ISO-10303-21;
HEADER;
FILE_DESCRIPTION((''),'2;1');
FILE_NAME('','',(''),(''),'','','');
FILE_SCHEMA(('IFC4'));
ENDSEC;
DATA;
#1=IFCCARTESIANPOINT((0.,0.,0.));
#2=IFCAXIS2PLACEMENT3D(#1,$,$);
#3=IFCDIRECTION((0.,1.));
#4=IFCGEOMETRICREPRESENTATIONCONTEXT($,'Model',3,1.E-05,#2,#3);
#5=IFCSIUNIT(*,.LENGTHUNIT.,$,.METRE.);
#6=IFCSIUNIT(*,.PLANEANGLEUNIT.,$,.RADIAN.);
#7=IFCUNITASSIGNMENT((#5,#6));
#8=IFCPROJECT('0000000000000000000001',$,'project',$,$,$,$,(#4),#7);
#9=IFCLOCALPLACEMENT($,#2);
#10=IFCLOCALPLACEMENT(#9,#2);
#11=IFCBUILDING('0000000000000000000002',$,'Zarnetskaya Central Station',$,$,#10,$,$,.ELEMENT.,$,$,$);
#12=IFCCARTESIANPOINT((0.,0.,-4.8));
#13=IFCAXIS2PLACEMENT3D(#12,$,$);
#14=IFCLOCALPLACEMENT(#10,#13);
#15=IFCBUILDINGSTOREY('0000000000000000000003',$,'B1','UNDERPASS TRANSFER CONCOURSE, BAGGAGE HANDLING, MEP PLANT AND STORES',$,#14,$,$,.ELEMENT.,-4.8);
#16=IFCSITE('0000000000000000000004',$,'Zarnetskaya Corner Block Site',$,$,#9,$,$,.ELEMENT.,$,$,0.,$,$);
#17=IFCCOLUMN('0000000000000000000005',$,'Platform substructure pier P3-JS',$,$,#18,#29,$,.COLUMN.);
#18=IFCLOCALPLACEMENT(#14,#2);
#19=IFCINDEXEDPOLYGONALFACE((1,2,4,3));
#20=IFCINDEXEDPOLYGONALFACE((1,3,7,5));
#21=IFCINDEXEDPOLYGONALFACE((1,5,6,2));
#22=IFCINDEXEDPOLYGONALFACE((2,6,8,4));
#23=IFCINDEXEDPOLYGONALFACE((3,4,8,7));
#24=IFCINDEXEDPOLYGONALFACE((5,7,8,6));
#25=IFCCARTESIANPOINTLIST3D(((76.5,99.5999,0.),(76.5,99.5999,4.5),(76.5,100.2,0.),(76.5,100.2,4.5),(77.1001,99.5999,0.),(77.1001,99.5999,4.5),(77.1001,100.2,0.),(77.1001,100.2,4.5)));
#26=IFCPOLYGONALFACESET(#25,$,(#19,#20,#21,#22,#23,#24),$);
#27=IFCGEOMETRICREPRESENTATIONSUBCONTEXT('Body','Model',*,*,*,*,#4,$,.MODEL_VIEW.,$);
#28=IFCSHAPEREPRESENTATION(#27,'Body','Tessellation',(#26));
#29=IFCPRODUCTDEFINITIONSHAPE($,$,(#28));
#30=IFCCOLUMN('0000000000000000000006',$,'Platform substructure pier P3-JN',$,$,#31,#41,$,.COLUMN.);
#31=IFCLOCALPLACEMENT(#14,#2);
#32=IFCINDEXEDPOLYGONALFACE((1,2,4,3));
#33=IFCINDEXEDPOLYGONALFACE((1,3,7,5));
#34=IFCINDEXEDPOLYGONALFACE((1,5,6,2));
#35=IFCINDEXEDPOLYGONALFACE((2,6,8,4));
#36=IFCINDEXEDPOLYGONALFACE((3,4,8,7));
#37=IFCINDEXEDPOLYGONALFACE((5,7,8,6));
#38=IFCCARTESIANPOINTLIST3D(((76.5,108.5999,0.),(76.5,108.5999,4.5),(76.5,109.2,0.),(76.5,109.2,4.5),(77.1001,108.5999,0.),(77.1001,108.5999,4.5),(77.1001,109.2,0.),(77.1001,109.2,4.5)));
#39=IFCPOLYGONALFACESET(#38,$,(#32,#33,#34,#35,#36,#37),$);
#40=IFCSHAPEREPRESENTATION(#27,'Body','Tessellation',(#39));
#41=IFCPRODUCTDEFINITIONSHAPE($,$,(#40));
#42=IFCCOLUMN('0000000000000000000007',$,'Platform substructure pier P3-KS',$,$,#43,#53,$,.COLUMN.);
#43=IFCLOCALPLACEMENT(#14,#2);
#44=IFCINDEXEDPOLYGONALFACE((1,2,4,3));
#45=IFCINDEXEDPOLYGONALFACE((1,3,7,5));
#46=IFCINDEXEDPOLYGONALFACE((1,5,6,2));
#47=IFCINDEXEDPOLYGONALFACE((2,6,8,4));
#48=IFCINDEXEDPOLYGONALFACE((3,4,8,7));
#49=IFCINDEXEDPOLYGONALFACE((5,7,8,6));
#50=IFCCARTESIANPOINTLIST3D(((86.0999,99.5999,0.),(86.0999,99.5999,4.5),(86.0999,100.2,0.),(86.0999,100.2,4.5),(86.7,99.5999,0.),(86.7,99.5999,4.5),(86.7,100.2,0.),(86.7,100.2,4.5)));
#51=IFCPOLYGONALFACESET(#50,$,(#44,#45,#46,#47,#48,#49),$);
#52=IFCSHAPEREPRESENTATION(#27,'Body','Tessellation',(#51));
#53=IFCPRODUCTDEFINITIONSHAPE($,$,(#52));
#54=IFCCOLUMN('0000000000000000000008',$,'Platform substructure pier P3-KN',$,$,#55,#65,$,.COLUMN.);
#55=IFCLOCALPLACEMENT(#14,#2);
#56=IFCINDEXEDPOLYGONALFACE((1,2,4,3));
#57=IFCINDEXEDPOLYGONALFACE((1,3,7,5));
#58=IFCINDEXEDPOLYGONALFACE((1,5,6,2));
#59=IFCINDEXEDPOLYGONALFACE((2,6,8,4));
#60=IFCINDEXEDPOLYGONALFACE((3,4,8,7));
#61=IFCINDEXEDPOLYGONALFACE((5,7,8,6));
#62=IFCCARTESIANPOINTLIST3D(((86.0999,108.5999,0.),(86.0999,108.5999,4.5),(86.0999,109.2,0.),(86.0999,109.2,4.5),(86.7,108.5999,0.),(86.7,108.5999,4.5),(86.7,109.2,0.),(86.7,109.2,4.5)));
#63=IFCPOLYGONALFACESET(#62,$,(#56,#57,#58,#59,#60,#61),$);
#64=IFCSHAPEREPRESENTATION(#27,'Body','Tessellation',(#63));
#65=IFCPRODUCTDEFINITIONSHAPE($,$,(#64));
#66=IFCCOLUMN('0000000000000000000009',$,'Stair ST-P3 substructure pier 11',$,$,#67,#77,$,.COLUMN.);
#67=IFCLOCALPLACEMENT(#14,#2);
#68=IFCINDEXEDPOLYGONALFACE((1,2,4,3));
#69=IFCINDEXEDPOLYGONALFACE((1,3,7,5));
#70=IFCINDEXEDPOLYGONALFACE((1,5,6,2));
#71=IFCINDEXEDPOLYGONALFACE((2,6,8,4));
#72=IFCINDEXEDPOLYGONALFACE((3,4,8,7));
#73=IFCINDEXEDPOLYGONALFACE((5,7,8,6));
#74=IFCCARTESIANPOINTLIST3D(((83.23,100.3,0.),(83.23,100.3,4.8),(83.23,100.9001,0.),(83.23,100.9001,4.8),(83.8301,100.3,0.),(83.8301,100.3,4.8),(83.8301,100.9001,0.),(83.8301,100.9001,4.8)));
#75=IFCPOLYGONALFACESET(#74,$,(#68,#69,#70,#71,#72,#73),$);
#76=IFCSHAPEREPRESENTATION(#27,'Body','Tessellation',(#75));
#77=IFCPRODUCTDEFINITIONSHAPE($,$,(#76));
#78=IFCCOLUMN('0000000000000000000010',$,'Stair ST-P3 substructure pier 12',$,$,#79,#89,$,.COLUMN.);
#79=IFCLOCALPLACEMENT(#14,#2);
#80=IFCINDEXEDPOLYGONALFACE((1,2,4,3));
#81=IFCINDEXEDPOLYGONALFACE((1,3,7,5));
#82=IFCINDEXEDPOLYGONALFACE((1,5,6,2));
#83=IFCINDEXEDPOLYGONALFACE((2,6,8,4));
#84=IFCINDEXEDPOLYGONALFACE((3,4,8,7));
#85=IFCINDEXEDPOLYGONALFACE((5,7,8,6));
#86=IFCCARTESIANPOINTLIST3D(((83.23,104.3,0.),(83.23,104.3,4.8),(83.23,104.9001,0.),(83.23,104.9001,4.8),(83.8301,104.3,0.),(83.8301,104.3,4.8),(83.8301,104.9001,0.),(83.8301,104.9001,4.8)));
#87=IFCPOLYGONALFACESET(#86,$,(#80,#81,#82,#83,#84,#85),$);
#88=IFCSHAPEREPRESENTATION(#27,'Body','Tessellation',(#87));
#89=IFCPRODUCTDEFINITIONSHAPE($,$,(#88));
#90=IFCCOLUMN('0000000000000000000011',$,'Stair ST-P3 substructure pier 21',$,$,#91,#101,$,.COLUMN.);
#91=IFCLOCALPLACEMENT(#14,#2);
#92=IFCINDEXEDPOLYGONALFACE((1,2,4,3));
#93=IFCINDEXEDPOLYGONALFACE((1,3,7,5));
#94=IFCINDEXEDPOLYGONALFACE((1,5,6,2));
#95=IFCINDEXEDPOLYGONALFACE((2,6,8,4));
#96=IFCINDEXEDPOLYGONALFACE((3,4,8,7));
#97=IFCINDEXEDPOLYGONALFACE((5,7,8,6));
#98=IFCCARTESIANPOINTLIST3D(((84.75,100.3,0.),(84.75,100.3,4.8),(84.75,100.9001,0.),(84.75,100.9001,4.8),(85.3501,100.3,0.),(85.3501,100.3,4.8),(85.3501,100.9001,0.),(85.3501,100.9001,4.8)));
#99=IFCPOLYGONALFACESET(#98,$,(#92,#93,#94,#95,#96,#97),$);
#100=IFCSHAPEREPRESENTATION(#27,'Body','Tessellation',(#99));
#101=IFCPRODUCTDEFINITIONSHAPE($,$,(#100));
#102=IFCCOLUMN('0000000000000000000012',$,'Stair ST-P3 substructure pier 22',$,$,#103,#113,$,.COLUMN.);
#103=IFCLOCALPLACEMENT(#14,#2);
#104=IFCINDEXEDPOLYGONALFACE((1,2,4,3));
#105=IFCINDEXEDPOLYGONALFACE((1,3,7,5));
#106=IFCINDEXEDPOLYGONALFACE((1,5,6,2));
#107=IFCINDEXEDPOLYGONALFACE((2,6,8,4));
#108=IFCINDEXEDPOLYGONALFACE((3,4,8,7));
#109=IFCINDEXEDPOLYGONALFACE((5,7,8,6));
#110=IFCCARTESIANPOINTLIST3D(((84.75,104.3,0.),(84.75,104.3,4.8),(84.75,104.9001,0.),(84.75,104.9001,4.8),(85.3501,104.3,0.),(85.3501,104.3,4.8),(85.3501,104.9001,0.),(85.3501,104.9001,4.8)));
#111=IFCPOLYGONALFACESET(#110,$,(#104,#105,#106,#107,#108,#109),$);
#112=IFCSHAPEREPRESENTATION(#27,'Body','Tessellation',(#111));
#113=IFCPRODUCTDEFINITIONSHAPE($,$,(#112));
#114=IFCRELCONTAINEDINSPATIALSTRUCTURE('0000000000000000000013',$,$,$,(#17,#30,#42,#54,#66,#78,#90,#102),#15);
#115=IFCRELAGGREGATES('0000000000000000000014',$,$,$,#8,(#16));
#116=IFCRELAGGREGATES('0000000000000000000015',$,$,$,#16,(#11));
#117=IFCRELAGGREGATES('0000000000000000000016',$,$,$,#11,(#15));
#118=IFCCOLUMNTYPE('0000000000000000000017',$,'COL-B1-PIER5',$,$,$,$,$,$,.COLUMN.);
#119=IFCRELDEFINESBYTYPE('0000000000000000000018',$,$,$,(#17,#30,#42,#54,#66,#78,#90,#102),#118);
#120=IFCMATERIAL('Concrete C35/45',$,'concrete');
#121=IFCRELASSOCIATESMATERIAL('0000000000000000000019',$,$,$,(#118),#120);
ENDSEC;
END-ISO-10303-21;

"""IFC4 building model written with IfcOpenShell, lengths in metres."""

from ifc_helpers import new_model, si_unit, direction, frame, origin, origin_2d, place, context, subcontext, project, spatial, rectangle, extrude, material, material_profile, profile_set, type_object, element, save


model = new_model("IFC4")

# Units and contexts
model_context = context("Model", 3, precision=1e-05, world=origin(), true_north=direction((0.0, 1.0)))
body_context = subcontext(model_context, "Body", "Model", "MODEL_VIEW")
ifc_project = project(units=[si_unit("LENGTHUNIT", "METRE"), si_unit("PLANEANGLEUNIT", "RADIAN")], contexts=[model_context])

# Site, building, storey
site_placement = place(None, origin())
site = spatial("IfcSite", under=ifc_project, at=site_placement, Name="Zarnetskaya Corner Block Site", CompositionType="ELEMENT", RefElevation=0.0)
building_placement = place(site_placement, origin())
building = spatial("IfcBuilding", under=site, at=building_placement, Name="Zarnetskaya Central Station", CompositionType="ELEMENT")
storey_placement = place(building_placement, frame((0.0, 0.0, -4.8)))
storey = spatial("IfcBuildingStorey", under=building, at=storey_placement, Name="B1", Description="UNDERPASS TRANSFER CONCOURSE, BAGGAGE HANDLING, MEP PLANT AND STORES", CompositionType="ELEMENT", Elevation=-4.8)

# Shared definitions
ifc_material = material(Name="Concrete C35/45", Category="concrete")

# Columns
ifc_material_profile_1 = material_profile(ifc_material, rectangle(XDim=0.6001, YDim=0.6001, at=origin_2d()), Name="RC 600x600")
ifc_profile_set_1 = profile_set([ifc_material_profile_1], Name="Concrete C35/45")
column_type_1 = type_object("IfcColumnType", Name="COL-B1-PIER5", PredefinedType="COLUMN", material=ifc_profile_set_1)
for number, where, z_axis, x_axis, name in (
    (1, (76.8, 99.8999, 0.0), (0.0, 0.0, 1.0), (1.0, 0.0, 0.0), "Platform substructure pier P3-JS"),
    (2, (76.8, 108.8999, 0.0), (0.0, 0.0, 1.0), (1.0, 0.0, 0.0), "Platform substructure pier P3-JN"),
    (3, (86.3999, 99.8999, 0.0), (0.0, 0.0, 1.0), (1.0, 0.0, 0.0), "Platform substructure pier P3-KS"),
    (4, (86.3999, 108.8999, 0.0), (0.0, 0.0, 1.0), (1.0, 0.0, 0.0), "Platform substructure pier P3-KN"),
):
    element("IfcColumn", number, at=place(storey_placement, frame(where, z_axis=z_axis, x_axis=x_axis)), inside=storey, type_object=column_type_1, Name=name, PredefinedType="COLUMN", context=body_context, shape_type="SweptSolid", body=[
        extrude(rectangle(XDim=0.6001, YDim=0.6001, at=origin_2d()), origin(), (0.0, 0.0, 1.0), 4.5),
    ])
for number, where, z_axis, x_axis, name in (
    (5, (83.53, 100.6001, 0.0), (0.0, 0.0, 1.0), (1.0, 0.0, 0.0), "Stair ST-P3 substructure pier 11"),
    (6, (83.53, 104.6001, 0.0), (0.0, 0.0, 1.0), (1.0, 0.0, 0.0), "Stair ST-P3 substructure pier 12"),
    (7, (85.05, 100.6001, 0.0), (0.0, 0.0, 1.0), (1.0, 0.0, 0.0), "Stair ST-P3 substructure pier 21"),
    (8, (85.05, 104.6001, 0.0), (0.0, 0.0, 1.0), (1.0, 0.0, 0.0), "Stair ST-P3 substructure pier 22"),
):
    element("IfcColumn", number, at=place(storey_placement, frame(where, z_axis=z_axis, x_axis=x_axis)), inside=storey, type_object=column_type_1, Name=name, PredefinedType="COLUMN", context=body_context, shape_type="SweptSolid", body=[
        extrude(rectangle(XDim=0.6001, YDim=0.6001, at=origin_2d()), origin(), (0.0, 0.0, 1.0), 4.8),
    ])

save(model, "model.ifc")
